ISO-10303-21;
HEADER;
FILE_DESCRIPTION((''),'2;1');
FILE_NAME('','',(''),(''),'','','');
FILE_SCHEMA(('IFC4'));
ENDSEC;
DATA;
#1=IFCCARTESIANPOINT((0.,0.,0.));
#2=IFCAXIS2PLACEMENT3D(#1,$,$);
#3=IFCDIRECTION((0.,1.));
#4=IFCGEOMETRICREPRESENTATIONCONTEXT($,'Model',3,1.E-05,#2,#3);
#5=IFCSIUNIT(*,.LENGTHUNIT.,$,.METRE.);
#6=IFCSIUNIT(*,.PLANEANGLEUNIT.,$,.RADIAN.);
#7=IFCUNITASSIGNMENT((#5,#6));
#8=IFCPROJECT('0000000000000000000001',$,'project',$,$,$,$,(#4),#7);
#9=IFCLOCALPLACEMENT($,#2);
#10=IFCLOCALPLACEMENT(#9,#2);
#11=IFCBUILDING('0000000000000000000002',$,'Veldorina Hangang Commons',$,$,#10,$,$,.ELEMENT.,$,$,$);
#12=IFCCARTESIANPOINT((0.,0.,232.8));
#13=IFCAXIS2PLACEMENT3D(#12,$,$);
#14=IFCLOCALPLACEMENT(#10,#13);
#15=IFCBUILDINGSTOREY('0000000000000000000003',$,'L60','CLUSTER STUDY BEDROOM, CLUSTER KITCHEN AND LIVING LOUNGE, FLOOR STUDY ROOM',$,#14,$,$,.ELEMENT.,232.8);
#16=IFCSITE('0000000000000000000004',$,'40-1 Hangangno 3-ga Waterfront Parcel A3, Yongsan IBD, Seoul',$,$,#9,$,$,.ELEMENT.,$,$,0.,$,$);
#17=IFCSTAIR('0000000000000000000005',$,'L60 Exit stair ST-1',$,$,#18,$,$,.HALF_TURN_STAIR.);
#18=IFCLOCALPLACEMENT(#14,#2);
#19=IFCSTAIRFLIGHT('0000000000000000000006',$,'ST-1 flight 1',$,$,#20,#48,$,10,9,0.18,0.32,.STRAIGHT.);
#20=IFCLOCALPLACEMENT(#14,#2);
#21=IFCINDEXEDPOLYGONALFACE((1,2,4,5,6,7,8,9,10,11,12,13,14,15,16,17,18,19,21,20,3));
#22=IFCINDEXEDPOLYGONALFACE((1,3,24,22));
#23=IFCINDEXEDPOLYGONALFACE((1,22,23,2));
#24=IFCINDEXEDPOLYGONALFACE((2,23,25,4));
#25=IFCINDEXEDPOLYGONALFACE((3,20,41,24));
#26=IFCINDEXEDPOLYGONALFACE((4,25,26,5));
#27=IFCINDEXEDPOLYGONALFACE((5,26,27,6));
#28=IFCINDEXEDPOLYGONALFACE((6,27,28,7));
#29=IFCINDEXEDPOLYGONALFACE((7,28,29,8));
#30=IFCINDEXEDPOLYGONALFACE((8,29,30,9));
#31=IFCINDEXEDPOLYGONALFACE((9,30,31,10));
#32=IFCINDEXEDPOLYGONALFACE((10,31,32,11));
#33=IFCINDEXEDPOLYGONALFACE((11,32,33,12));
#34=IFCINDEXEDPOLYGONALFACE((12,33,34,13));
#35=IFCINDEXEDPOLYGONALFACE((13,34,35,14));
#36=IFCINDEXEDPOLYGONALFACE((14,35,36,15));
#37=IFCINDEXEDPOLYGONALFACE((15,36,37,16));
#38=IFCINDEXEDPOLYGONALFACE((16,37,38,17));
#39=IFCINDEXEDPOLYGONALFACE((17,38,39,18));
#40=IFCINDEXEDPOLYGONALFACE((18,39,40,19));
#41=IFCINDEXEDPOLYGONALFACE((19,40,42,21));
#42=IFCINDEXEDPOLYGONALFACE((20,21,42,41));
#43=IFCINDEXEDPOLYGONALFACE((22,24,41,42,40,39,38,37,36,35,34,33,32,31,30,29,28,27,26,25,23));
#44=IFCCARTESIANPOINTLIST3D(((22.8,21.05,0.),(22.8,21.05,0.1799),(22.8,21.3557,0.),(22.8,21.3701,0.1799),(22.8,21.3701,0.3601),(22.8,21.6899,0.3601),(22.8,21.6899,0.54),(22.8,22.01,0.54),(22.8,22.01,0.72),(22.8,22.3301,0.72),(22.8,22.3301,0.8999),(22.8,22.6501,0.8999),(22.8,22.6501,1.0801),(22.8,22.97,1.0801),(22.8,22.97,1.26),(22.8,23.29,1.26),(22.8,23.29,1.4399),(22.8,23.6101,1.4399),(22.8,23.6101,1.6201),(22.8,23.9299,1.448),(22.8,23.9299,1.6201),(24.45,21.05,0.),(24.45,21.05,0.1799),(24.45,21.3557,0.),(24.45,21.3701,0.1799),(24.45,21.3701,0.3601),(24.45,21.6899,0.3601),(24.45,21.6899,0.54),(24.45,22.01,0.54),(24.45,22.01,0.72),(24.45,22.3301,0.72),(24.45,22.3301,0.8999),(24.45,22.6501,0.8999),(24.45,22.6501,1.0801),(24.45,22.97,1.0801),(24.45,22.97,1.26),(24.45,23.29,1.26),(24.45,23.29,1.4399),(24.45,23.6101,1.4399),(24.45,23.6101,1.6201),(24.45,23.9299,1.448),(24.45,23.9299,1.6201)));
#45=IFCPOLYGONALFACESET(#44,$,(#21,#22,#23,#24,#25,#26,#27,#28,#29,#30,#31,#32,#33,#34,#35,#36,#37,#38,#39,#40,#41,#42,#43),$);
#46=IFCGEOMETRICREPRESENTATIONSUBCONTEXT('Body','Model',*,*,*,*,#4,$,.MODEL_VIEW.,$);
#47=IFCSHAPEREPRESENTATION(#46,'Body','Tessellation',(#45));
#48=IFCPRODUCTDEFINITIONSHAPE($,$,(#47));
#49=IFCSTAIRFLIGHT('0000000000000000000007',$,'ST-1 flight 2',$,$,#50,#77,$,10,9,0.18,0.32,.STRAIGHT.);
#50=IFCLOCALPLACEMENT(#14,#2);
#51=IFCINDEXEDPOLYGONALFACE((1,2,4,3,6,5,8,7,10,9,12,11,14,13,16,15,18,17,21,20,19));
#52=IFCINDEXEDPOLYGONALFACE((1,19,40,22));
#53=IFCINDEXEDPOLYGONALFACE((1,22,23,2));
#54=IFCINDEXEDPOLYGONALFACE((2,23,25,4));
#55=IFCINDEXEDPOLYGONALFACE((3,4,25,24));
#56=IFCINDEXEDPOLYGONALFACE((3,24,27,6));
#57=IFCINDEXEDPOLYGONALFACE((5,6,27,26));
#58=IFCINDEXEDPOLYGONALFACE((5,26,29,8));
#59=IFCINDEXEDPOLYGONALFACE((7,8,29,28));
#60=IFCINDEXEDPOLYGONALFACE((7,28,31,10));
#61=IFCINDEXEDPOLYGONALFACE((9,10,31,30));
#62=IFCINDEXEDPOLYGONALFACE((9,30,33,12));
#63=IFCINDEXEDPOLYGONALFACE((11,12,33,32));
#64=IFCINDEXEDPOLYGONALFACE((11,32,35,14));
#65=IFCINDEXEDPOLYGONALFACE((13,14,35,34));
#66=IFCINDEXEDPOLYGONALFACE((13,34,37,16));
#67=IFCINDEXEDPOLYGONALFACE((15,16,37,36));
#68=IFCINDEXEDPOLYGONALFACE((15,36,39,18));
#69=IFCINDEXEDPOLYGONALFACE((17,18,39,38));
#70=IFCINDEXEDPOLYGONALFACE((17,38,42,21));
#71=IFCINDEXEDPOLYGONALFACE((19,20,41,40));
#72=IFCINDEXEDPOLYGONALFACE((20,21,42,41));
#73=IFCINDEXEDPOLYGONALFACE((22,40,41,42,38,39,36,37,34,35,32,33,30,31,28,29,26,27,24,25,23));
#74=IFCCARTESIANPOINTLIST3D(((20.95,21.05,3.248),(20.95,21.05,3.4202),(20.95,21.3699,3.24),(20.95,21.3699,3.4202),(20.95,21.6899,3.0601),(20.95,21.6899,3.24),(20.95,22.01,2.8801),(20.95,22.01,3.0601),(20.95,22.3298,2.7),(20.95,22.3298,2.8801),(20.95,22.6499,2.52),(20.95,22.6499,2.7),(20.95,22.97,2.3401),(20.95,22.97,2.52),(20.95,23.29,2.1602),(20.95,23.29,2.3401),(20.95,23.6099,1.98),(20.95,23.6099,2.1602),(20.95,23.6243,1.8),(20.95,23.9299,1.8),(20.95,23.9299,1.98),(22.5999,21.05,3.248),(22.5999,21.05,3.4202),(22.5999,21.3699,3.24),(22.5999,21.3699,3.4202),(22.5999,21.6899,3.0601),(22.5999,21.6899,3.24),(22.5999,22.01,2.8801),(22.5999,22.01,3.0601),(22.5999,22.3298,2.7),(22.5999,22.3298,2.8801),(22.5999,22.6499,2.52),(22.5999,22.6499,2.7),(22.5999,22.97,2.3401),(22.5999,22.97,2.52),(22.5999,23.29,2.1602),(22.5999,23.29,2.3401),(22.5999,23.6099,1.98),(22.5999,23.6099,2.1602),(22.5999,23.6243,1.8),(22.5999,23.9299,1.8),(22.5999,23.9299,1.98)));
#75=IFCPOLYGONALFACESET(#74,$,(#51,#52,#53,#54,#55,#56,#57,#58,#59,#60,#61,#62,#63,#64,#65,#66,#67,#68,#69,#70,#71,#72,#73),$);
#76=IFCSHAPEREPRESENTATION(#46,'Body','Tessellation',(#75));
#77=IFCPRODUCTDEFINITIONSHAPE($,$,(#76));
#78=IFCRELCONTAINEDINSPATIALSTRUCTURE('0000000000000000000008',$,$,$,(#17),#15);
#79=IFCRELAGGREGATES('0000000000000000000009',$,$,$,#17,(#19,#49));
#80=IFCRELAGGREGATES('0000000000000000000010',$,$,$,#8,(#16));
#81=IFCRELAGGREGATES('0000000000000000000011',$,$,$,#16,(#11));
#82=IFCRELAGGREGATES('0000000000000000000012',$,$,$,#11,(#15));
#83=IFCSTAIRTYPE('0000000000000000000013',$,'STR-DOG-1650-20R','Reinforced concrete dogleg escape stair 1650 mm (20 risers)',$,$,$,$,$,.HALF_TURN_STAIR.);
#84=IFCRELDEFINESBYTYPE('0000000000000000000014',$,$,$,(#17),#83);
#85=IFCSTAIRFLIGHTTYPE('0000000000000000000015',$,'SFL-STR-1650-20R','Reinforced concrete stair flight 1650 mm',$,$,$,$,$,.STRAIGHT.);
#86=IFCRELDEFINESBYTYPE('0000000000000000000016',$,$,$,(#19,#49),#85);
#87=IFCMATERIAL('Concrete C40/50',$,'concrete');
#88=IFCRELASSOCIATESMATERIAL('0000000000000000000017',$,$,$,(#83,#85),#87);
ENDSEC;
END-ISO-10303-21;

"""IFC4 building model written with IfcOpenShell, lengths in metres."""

from ifc_helpers import new_model, si_unit, direction, frame, origin, place, context, subcontext, project, spatial, polyline, outline, extrude, material, type_object, element, aggregate, save


model = new_model("IFC4")

# Units and contexts
model_context = context("Model", 3, precision=1e-05, world=origin(), true_north=direction((0.0, 1.0)))
body_context = subcontext(model_context, "Body", "Model", "MODEL_VIEW")
ifc_project = project(units=[si_unit("LENGTHUNIT", "METRE"), si_unit("PLANEANGLEUNIT", "RADIAN")], contexts=[model_context])

# Site, building, storey
site_placement = place(None, origin())
site = spatial("IfcSite", under=ifc_project, at=site_placement, Name="40-1 Hangangno 3-ga Waterfront Parcel A3, Yongsan IBD, Seoul", CompositionType="ELEMENT", RefElevation=0.0)
building_placement = place(site_placement, origin())
building = spatial("IfcBuilding", under=site, at=building_placement, Name="Veldorina Hangang Commons", CompositionType="ELEMENT")
storey_placement = place(building_placement, frame((0.0, 0.0, 232.8)))
storey = spatial("IfcBuildingStorey", under=building, at=storey_placement, Name="L60", Description="CLUSTER STUDY BEDROOM, CLUSTER KITCHEN AND LIVING LOUNGE, FLOOR STUDY ROOM", CompositionType="ELEMENT", Elevation=232.8)

# Stair, stair flights
ifc_material_1 = material(Name="Concrete C40/50", Category="concrete")
stair_type = type_object("IfcStairType", Name="STR-DOG-1650-20R", Description="Reinforced concrete dogleg escape stair 1650 mm (20 risers)", PredefinedType="HALF_TURN_STAIR", material=ifc_material_1)
stair_placement = place(storey_placement, origin())
stair = element("IfcStair", 1, at=stair_placement, inside=storey, type_object=stair_type, Name="L60 Exit stair ST-1", PredefinedType="HALF_TURN_STAIR")
stair_flight_type = type_object("IfcStairFlightType", Name="SFL-STR-1650-20R", Description="Reinforced concrete stair flight 1650 mm", PredefinedType="STRAIGHT", material=ifc_material_1)
stair_flight_1_placement = place(storey_placement, frame((23.625, 21.05, 0.0), z_axis=(0.0, 0.0, 1.0), x_axis=(0.0, 1.0, 0.0)))
stair_flight_1 = element("IfcStairFlight", 2, at=stair_flight_1_placement, type_object=stair_flight_type, Name="ST-1 flight 1", NumberOfRisers=10, NumberOfTreads=9, PredefinedType="STRAIGHT", RiserHeight=0.18, TreadLength=0.32, context=body_context, shape_type="SweptSolid", body=[
    extrude(outline(polyline([(0.0, 0.0), (0.0, 0.1799), (0.3201, 0.1799), (0.3201, 0.3601), (0.6399, 0.3601), (0.6399, 0.54), (0.96, 0.54), (0.96, 0.72), (1.28, 0.72), (1.28, 0.8999), (1.6001, 0.8999), (1.6001, 1.0801), (1.9199, 1.0801), (1.9199, 1.26), (2.24, 1.26), (2.24, 1.4399), (2.5601, 1.4399), (2.5601, 1.6201), (2.8799, 1.6201), (2.8799, 1.8), (2.8799, 1.448), (0.3057, 0.0), (0.0, 0.0)])), frame((0.0, 0.825, 0.0), z_axis=(0.0, -1.0, 0.0), x_axis=(1.0, 0.0, 0.0)), (0.0, 0.0, 1.0), 1.6499),
])
stair_flight_2_placement = place(storey_placement, frame((21.7749, 23.9299, 1.8), z_axis=(0.0, 0.0, 1.0), x_axis=(0.0, -1.0, 0.0)))
stair_flight_2 = element("IfcStairFlight", 3, at=stair_flight_2_placement, type_object=stair_flight_type, Name="ST-1 flight 2", NumberOfRisers=10, NumberOfTreads=9, PredefinedType="STRAIGHT", RiserHeight=0.18, TreadLength=0.32, context=body_context, shape_type="SweptSolid", body=[
    extrude(outline(polyline([(0.0, 0.0), (0.0, 0.1799), (0.3201, 0.1799), (0.3201, 0.3601), (0.6399, 0.3601), (0.6399, 0.54), (0.96, 0.54), (0.96, 0.72), (1.28, 0.72), (1.28, 0.8999), (1.6001, 0.8999), (1.6001, 1.0801), (1.9199, 1.0801), (1.9199, 1.26), (2.24, 1.26), (2.24, 1.4399), (2.5601, 1.4399), (2.5601, 1.6201), (2.8799, 1.6201), (2.8799, 1.8), (2.8799, 1.448), (0.3057, 0.0), (0.0, 0.0)])), frame((0.0, 0.825, 0.0), z_axis=(0.0, -1.0, 0.0), x_axis=(1.0, 0.0, 0.0)), (0.0, 0.0, 1.0), 1.6499),
])
aggregate(stair, [stair_flight_1, stair_flight_2])

save(model, "model.ifc")
